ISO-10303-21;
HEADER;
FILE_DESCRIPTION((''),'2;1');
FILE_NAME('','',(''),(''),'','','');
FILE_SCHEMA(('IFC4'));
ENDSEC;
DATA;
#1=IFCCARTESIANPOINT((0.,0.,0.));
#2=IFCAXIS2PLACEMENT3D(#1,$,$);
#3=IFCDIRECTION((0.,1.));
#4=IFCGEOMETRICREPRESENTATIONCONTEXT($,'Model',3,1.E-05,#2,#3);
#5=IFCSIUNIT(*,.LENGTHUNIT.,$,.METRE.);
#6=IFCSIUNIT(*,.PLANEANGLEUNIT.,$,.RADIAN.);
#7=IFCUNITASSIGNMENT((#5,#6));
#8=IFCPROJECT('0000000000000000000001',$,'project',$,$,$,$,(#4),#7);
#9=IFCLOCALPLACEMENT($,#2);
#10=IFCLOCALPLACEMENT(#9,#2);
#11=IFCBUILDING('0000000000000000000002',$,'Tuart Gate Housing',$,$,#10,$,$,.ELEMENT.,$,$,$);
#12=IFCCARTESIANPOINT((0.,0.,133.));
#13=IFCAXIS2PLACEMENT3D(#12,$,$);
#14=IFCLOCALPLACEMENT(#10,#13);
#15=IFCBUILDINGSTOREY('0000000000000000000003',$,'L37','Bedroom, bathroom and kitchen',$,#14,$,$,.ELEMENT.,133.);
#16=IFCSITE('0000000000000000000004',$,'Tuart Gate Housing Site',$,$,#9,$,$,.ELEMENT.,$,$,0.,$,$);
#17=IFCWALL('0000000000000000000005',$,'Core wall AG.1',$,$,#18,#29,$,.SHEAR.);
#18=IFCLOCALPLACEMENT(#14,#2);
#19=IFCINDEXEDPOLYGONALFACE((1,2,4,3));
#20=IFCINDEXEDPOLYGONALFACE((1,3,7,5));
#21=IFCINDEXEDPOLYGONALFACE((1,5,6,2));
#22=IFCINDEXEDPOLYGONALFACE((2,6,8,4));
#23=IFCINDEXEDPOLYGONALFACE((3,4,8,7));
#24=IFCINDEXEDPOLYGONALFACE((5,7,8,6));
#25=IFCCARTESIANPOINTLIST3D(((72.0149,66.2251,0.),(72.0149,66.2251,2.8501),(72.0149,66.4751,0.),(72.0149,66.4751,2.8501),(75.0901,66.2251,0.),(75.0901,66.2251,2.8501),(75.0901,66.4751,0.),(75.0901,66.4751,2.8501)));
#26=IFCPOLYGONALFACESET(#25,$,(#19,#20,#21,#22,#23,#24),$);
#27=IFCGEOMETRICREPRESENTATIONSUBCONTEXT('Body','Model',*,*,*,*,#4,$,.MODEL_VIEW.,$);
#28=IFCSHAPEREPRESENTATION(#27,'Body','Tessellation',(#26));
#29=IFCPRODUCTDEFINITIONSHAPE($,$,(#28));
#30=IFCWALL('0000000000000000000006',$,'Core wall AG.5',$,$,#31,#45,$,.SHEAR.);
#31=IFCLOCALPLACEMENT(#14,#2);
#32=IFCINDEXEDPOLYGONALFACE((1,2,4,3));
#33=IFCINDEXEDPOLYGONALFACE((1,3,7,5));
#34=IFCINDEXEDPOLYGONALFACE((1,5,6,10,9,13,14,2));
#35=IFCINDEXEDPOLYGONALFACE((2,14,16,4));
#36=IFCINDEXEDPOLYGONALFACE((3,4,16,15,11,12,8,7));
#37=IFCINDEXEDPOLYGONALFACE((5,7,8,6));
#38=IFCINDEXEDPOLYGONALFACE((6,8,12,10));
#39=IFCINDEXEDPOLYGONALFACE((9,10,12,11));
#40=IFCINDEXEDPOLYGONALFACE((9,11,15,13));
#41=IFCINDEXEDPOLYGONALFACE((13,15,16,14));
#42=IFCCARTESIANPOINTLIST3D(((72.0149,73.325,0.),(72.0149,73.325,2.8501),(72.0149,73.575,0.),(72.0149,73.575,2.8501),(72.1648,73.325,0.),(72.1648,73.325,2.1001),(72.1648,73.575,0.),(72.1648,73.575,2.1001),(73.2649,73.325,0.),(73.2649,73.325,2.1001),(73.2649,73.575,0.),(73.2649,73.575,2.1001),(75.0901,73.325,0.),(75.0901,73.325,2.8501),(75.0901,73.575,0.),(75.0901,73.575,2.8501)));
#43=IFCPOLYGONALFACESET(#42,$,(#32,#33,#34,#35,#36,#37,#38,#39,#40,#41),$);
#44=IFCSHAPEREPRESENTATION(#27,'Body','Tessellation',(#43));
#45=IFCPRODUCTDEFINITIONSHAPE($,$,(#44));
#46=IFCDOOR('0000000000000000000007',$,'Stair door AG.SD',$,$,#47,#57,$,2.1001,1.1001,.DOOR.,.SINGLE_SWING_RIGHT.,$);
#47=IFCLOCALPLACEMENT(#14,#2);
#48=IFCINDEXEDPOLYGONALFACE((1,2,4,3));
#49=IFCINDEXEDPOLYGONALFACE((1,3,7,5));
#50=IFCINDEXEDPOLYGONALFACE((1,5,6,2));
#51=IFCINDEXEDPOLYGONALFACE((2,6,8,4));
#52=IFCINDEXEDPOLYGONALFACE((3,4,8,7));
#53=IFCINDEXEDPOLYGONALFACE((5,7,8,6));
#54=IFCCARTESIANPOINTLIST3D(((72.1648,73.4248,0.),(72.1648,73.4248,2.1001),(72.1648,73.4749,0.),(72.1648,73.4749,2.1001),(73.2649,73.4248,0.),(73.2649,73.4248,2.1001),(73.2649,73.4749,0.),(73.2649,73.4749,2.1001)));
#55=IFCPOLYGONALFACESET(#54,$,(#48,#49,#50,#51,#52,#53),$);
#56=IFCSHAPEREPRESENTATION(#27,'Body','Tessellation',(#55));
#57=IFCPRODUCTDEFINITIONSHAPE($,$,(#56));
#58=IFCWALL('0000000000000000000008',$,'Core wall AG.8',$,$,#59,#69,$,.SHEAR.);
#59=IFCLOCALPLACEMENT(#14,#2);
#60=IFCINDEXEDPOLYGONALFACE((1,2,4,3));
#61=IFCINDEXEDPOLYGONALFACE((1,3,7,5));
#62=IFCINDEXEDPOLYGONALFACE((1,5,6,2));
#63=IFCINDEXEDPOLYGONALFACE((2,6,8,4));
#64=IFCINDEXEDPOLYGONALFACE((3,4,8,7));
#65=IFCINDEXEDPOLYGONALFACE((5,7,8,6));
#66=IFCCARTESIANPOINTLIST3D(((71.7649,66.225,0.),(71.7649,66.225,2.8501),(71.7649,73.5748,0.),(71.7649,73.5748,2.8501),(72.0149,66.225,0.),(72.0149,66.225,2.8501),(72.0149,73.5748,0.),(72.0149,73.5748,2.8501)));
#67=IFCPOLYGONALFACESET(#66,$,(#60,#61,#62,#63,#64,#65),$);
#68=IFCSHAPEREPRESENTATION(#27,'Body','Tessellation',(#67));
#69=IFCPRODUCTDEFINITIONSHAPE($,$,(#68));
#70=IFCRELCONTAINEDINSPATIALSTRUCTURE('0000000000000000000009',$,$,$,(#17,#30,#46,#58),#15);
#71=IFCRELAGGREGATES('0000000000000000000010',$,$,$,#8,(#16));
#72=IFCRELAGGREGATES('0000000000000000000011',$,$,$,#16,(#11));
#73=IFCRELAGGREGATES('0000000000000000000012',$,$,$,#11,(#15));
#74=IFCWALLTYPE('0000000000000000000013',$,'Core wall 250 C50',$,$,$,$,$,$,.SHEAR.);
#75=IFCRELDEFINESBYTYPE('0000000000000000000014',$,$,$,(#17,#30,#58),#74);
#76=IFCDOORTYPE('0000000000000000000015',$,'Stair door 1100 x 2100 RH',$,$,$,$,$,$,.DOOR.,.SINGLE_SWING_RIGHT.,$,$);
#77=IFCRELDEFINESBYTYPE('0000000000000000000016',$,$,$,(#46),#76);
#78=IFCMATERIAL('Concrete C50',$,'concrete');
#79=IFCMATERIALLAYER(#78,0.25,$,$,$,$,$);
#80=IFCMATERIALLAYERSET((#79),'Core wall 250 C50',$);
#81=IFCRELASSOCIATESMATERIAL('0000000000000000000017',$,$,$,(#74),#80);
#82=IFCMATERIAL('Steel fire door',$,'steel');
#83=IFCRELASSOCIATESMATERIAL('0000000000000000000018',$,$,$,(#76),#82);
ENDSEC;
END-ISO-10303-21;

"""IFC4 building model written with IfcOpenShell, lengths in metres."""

from ifc_helpers import new_model, si_unit, direction, frame, frame_2d, origin, place, context, subcontext, project, spatial, rectangle, extrude, material, layer, layer_set, type_object, element, fill, save


model = new_model("IFC4")

# Units and contexts
model_context = context("Model", 3, precision=1e-05, world=origin(), true_north=direction((0.0, 1.0)))
body_context = subcontext(model_context, "Body", "Model", "MODEL_VIEW")
ifc_project = project(units=[si_unit("LENGTHUNIT", "METRE"), si_unit("PLANEANGLEUNIT", "RADIAN")], contexts=[model_context])

# Site, building, storey
site_placement = place(None, origin())
site = spatial("IfcSite", under=ifc_project, at=site_placement, Name="Tuart Gate Housing Site", CompositionType="ELEMENT", RefElevation=0.0)
building_placement = place(site_placement, origin())
building = spatial("IfcBuilding", under=site, at=building_placement, Name="Tuart Gate Housing", CompositionType="ELEMENT")
storey_placement = place(building_placement, frame((0.0, 0.0, 133.0)))
storey = spatial("IfcBuildingStorey", under=building, at=storey_placement, Name="L37", Description="Bedroom, bathroom and kitchen", CompositionType="ELEMENT", Elevation=133.0)

# Wall
ifc_material_1 = material(Name="Concrete C50", Category="concrete")
ifc_layer_1 = layer(ifc_material_1, 0.25)
ifc_layer_set_1 = layer_set([ifc_layer_1], Name="Core wall 250 C50")
wall_type_1 = type_object("IfcWallType", Name="Core wall 250 C50", PredefinedType="SHEAR", material=ifc_layer_set_1)
wall_1_placement = place(storey_placement, frame((72.0149, 66.3501, 0.0), z_axis=(0.0, 0.0, 1.0), x_axis=(1.0, 0.0, 0.0)))
element("IfcWall", 1, at=wall_1_placement, inside=storey, type_object=wall_type_1, Name="Core wall AG.1", PredefinedType="SHEAR", context=body_context, shape_type="SweptSolid", body=[
    extrude(rectangle(XDim=3.0752, YDim=0.25, at=frame_2d((1.5376, 0.0))), origin(), (0.0, 0.0, 1.0), 2.8501),
])

# Wall, opening, door
wall_2_placement = place(storey_placement, frame((72.0149, 73.45, 0.0), z_axis=(0.0, 0.0, 1.0), x_axis=(1.0, 0.0, 0.0)))
wall_2 = element("IfcWall", 2, at=wall_2_placement, inside=storey, type_object=wall_type_1, Name="Core wall AG.5", PredefinedType="SHEAR", context=body_context, shape_type="SweptSolid", body=[
    extrude(rectangle(XDim=3.0752, YDim=0.25, at=frame_2d((1.5376, 0.0))), origin(), (0.0, 0.0, 1.0), 2.8501),
])
opening_1_placement = place(wall_2_placement, frame((0.1499, 0.0, 0.0)))
opening_1 = element("IfcOpeningElement", 3, at=opening_1_placement, cuts=wall_2, PredefinedType="OPENING", context=body_context, shape_type="SweptSolid", body=[
    extrude(rectangle(XDim=1.1001, YDim=2.1001, at=frame_2d((0.55, 1.05))), frame((0.0, 0.135, 0.0), z_axis=(0.0, -1.0, 0.0), x_axis=(1.0, 0.0, 0.0)), (0.0, 0.0, 1.0), 0.27),
])
ifc_material_2 = material(Name="Steel fire door", Category="steel")
door_type = type_object("IfcDoorType", Name="Stair door 1100 x 2100 RH", OperationType="SINGLE_SWING_RIGHT", PredefinedType="DOOR", material=ifc_material_2)
door_placement = place(opening_1_placement, frame((1.1001, 0.0, 0.0), z_axis=(0.0, 0.0, 1.0), x_axis=(-1.0, 0.0, 0.0)))
door = element("IfcDoor", 4, at=door_placement, inside=storey, type_object=door_type, Name="Stair door AG.SD", OperationType="SINGLE_SWING_RIGHT", OverallHeight=2.1001, OverallWidth=1.1001, PredefinedType="DOOR", context=body_context, shape_type="SweptSolid", body=[
    extrude(rectangle(XDim=1.1001, YDim=2.1001, at=frame_2d((0.55, 1.05))), frame((0.0, 0.0251, 0.0), z_axis=(0.0, -1.0, 0.0), x_axis=(1.0, 0.0, 0.0)), (0.0, 0.0, 1.0), 0.05),
])
fill(opening_1, door)

# Wall
wall_3_placement = place(storey_placement, frame((71.8899, 66.2251, 0.0), z_axis=(0.0, 0.0, 1.0), x_axis=(0.0, 1.0, 0.0)))
element("IfcWall", 5, at=wall_3_placement, inside=storey, type_object=wall_type_1, Name="Core wall AG.8", PredefinedType="SHEAR", context=body_context, shape_type="SweptSolid", body=[
    extrude(rectangle(XDim=7.3499, YDim=0.25, at=frame_2d((3.6748, 0.0))), origin(), (0.0, 0.0, 1.0), 2.8501),
])

save(model, "model.ifc")
